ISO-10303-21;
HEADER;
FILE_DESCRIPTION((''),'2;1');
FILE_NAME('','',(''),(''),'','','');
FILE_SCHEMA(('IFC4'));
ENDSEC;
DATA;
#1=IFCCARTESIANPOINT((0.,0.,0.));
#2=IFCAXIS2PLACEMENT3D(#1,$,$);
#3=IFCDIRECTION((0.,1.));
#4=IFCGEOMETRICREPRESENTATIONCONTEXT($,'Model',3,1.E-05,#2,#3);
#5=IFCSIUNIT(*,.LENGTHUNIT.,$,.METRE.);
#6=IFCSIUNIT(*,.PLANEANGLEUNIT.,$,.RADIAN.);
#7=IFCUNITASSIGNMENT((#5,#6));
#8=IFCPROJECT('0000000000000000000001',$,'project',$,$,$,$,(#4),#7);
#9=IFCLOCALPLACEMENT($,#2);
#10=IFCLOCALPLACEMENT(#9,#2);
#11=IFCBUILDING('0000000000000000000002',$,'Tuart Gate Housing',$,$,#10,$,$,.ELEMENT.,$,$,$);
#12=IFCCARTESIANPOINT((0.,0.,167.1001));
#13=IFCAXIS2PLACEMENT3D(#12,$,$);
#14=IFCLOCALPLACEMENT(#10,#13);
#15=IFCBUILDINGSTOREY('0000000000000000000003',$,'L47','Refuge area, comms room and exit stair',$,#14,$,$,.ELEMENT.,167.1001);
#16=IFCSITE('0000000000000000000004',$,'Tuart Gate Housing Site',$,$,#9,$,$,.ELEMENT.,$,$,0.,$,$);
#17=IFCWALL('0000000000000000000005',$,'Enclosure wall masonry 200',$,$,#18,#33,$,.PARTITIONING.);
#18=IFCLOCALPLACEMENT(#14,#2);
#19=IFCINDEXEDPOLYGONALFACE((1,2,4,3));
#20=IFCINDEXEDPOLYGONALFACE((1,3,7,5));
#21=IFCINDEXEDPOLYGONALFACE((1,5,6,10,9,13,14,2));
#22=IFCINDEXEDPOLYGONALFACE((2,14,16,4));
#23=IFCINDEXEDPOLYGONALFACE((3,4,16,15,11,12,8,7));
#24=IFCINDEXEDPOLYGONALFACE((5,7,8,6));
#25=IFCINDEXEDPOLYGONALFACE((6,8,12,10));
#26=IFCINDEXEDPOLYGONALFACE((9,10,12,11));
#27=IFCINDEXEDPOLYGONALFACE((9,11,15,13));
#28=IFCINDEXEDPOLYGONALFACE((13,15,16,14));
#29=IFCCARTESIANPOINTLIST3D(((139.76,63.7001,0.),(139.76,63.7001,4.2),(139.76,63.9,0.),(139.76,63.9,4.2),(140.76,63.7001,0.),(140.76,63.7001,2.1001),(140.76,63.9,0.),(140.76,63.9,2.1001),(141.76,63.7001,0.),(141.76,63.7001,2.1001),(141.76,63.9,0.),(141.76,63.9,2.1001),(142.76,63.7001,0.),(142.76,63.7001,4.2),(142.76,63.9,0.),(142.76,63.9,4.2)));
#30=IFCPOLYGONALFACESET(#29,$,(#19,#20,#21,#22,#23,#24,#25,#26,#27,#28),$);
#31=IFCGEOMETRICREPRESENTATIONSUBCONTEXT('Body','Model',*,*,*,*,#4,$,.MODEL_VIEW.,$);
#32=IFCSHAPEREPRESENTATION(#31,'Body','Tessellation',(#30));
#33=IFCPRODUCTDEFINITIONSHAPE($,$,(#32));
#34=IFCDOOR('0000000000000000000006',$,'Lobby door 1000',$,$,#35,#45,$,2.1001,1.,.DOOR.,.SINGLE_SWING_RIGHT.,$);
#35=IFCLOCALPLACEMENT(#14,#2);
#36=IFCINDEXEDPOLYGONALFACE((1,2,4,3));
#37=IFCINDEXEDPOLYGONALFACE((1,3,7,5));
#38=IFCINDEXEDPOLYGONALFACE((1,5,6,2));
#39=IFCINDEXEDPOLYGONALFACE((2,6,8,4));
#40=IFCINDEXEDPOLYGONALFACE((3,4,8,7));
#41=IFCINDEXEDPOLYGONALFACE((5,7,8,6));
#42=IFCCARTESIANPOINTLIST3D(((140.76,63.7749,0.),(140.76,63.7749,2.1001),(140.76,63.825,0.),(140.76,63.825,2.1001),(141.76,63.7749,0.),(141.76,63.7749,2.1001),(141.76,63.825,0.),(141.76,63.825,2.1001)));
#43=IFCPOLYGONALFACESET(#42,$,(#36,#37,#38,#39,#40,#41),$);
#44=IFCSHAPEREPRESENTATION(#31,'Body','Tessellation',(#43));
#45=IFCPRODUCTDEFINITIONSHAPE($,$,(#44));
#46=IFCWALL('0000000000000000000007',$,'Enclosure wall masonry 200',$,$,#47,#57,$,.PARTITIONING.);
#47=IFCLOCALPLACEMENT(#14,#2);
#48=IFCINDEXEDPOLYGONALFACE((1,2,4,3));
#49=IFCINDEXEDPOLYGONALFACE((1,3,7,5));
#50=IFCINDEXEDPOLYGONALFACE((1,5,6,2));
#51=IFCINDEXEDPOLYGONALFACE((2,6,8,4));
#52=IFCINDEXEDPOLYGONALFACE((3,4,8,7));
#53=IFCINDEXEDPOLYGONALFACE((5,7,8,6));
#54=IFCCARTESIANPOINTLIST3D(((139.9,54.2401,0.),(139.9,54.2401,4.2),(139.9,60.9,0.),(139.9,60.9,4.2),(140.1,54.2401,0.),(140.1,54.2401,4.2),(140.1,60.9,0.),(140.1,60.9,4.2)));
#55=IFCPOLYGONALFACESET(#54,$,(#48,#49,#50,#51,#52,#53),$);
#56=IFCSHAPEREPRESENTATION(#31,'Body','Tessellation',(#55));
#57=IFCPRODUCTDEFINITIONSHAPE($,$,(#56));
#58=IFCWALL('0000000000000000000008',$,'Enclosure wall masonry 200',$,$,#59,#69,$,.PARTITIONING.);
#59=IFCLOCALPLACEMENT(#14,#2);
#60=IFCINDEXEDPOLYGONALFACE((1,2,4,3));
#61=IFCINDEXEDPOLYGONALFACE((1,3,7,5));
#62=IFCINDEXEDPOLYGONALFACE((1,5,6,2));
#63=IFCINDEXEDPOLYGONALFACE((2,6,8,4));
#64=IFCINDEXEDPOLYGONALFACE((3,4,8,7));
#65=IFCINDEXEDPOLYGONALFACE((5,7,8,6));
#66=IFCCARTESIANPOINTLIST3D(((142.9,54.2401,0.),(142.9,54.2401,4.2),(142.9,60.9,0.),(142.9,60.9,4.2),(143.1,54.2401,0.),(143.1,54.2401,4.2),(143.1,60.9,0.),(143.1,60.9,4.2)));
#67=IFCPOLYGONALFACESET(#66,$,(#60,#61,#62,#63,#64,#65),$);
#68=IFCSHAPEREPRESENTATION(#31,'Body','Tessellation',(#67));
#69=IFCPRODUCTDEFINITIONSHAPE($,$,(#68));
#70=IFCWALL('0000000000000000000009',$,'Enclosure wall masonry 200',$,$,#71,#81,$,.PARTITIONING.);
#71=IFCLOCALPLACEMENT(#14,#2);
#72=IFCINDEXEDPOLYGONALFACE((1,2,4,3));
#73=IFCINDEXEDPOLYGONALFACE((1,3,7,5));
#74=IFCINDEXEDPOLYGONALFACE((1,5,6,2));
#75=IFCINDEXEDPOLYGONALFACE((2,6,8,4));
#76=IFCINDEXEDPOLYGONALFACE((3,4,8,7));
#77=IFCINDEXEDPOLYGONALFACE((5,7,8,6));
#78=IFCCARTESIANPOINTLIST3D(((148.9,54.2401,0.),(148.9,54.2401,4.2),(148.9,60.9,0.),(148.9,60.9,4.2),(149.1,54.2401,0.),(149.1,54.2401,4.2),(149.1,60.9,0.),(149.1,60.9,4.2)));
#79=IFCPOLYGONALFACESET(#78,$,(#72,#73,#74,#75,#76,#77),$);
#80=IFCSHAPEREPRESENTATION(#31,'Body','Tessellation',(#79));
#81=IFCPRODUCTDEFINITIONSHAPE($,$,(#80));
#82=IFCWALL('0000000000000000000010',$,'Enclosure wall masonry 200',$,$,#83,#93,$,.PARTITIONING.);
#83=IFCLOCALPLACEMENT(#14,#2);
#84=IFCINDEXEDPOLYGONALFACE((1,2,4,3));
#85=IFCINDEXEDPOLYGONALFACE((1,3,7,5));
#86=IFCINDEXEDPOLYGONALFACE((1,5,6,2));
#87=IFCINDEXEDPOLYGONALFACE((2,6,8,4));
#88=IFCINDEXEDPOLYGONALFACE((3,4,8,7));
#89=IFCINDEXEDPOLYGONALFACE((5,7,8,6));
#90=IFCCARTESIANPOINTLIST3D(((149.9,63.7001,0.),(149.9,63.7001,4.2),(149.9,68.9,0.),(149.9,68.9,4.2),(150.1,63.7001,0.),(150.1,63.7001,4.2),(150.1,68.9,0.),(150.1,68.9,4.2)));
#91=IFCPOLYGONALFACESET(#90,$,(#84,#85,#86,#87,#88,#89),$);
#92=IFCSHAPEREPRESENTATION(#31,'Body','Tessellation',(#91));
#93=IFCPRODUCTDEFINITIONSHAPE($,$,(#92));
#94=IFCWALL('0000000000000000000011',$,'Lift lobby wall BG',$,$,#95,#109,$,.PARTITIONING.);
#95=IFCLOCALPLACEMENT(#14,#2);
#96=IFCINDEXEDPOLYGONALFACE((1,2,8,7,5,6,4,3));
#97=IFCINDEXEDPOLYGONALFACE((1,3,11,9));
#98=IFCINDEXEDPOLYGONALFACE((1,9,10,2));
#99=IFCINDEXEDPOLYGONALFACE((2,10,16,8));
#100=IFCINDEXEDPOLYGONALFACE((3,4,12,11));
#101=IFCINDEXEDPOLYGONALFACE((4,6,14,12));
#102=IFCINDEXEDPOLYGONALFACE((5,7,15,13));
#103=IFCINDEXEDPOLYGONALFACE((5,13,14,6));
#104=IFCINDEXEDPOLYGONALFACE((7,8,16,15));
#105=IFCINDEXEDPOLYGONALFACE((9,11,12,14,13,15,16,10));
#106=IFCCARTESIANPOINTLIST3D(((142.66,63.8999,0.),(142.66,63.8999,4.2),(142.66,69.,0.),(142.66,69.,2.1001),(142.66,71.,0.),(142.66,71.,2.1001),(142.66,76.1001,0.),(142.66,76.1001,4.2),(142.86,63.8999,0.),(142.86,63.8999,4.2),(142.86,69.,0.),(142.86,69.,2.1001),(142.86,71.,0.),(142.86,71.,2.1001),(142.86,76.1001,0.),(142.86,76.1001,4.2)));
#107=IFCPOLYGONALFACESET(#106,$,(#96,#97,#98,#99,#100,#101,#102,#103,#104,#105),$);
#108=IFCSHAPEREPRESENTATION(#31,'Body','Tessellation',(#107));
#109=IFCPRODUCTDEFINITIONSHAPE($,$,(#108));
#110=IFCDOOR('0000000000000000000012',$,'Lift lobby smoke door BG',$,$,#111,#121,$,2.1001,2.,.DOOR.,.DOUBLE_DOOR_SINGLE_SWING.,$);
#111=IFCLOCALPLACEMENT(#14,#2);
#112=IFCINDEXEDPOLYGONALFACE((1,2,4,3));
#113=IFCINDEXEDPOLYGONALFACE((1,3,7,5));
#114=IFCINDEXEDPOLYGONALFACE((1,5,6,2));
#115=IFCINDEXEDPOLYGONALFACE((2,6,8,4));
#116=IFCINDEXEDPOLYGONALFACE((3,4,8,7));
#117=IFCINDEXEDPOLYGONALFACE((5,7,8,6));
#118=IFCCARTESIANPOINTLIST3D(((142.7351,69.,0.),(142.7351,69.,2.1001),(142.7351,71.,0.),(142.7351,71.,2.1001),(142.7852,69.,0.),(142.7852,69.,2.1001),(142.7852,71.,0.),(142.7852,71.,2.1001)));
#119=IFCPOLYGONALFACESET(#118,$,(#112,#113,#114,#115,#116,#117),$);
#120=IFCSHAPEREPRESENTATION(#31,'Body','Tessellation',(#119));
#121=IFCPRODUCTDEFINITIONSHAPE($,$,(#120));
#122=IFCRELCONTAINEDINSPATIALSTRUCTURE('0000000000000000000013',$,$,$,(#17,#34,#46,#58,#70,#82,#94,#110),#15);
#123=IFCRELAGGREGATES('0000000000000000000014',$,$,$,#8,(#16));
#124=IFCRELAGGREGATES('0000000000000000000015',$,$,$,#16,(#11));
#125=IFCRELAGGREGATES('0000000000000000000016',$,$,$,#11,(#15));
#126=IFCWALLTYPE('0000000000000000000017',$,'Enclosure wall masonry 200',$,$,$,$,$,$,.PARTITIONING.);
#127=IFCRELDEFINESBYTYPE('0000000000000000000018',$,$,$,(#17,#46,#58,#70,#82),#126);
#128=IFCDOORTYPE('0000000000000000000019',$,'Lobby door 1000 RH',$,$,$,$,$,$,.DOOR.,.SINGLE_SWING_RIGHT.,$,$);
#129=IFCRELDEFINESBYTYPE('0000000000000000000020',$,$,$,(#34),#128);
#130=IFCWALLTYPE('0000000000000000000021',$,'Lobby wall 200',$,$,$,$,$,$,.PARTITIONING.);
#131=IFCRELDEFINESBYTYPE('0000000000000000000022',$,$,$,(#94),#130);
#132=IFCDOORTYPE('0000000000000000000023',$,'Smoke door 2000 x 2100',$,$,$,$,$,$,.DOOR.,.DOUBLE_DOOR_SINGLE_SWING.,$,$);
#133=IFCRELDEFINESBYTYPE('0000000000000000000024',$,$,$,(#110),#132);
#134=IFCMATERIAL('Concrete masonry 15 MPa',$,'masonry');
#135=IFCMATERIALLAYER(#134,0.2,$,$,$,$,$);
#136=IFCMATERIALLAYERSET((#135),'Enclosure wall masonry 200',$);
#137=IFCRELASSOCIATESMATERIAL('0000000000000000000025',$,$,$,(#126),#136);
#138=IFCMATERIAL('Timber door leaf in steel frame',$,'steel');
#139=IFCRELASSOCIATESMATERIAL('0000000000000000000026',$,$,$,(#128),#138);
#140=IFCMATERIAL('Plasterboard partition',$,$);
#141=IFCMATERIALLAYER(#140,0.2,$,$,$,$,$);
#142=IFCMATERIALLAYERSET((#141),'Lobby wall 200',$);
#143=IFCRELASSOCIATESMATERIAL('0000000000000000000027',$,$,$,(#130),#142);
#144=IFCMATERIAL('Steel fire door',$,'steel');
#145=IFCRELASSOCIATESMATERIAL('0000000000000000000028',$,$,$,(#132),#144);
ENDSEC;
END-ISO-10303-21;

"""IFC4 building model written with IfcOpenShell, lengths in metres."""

from ifc_helpers import new_model, si_unit, direction, frame, frame_2d, origin, place, context, subcontext, project, spatial, rectangle, extrude, material, layer, layer_set, type_object, element, fill, save


model = new_model("IFC4")

# Units and contexts
model_context = context("Model", 3, precision=1e-05, world=origin(), true_north=direction((0.0, 1.0)))
body_context = subcontext(model_context, "Body", "Model", "MODEL_VIEW")
ifc_project = project(units=[si_unit("LENGTHUNIT", "METRE"), si_unit("PLANEANGLEUNIT", "RADIAN")], contexts=[model_context])

# Site, building, storey
site_placement = place(None, origin())
site = spatial("IfcSite", under=ifc_project, at=site_placement, Name="Tuart Gate Housing Site", CompositionType="ELEMENT", RefElevation=0.0)
building_placement = place(site_placement, origin())
building = spatial("IfcBuilding", under=site, at=building_placement, Name="Tuart Gate Housing", CompositionType="ELEMENT")
storey_placement = place(building_placement, frame((0.0, 0.0, 167.1001)))
storey = spatial("IfcBuildingStorey", under=building, at=storey_placement, Name="L47", Description="Refuge area, comms room and exit stair", CompositionType="ELEMENT", Elevation=167.1001)

# Shared definitions
ifc_material_1 = material(Name="Concrete masonry 15 MPa", Category="masonry")
ifc_layer_1 = layer(ifc_material_1, 0.2)
ifc_layer_set_1 = layer_set([ifc_layer_1], Name="Enclosure wall masonry 200")
wall_type_1 = type_object("IfcWallType", Name="Enclosure wall masonry 200", PredefinedType="PARTITIONING", material=ifc_layer_set_1)

# Wall, opening, door
wall_1_placement = place(storey_placement, frame((139.76, 63.8, 0.0), z_axis=(0.0, 0.0, 1.0), x_axis=(1.0, 0.0, 0.0)))
wall_1 = element("IfcWall", 1, at=wall_1_placement, inside=storey, type_object=wall_type_1, Name="Enclosure wall masonry 200", PredefinedType="PARTITIONING", context=body_context, shape_type="SweptSolid", body=[
    extrude(rectangle(XDim=3.0, YDim=0.2, at=frame_2d((1.5, 0.0))), origin(), (0.0, 0.0, 1.0), 4.2),
])
opening_1_placement = place(wall_1_placement, frame((1.0, 0.0, 0.0)))
opening_1 = element("IfcOpeningElement", 2, at=opening_1_placement, cuts=wall_1, PredefinedType="OPENING", context=body_context, shape_type="SweptSolid", body=[
    extrude(rectangle(XDim=1.0, YDim=2.1001, at=frame_2d((0.5, 1.05))), frame((0.0, 0.1099, 0.0), z_axis=(0.0, -1.0, 0.0), x_axis=(1.0, 0.0, 0.0)), (0.0, 0.0, 1.0), 0.22),
])
ifc_material_2 = material(Name="Timber door leaf in steel frame", Category="steel")
door_type_1 = type_object("IfcDoorType", Name="Lobby door 1000 RH", OperationType="SINGLE_SWING_RIGHT", PredefinedType="DOOR", material=ifc_material_2)
door_1_placement = place(opening_1_placement, origin())
door_1 = element("IfcDoor", 3, at=door_1_placement, inside=storey, type_object=door_type_1, Name="Lobby door 1000", OperationType="SINGLE_SWING_RIGHT", OverallHeight=2.1001, OverallWidth=1.0, PredefinedType="DOOR", context=body_context, shape_type="SweptSolid", body=[
    extrude(rectangle(XDim=1.0, YDim=2.1001, at=frame_2d((0.5, 1.05))), frame((0.0, 0.0249, 0.0), z_axis=(0.0, -1.0, 0.0), x_axis=(1.0, 0.0, 0.0)), (0.0, 0.0, 1.0), 0.05),
])
fill(opening_1, door_1)

# Walls
for number, where, z_axis, x_axis, name in (
    (4, (140.0, 54.24, 0.0), (0.0, 0.0, 1.0), (0.0, 1.0, 0.0), "Enclosure wall masonry 200"),
    (5, (143.0, 54.24, 0.0), (0.0, 0.0, 1.0), (0.0, 1.0, 0.0), "Enclosure wall masonry 200"),
    (6, (149.0, 54.24, 0.0), (0.0, 0.0, 1.0), (0.0, 1.0, 0.0), "Enclosure wall masonry 200"),
):
    element("IfcWall", number, at=place(storey_placement, frame(where, z_axis=z_axis, x_axis=x_axis)), inside=storey, type_object=wall_type_1, Name=name, PredefinedType="PARTITIONING", context=body_context, shape_type="SweptSolid", body=[
        extrude(rectangle(XDim=6.6599, YDim=0.2, at=frame_2d((3.3301, 0.0))), origin(), (0.0, 0.0, 1.0), 4.2),
    ])
wall_2_placement = place(storey_placement, frame((150.0, 63.7, 0.0), z_axis=(0.0, 0.0, 1.0), x_axis=(0.0, 1.0, 0.0)))
element("IfcWall", 7, at=wall_2_placement, inside=storey, type_object=wall_type_1, Name="Enclosure wall masonry 200", PredefinedType="PARTITIONING", context=body_context, shape_type="SweptSolid", body=[
    extrude(rectangle(XDim=5.2, YDim=0.2, at=frame_2d((2.6001, 0.0))), origin(), (0.0, 0.0, 1.0), 4.2),
])

# Wall, opening, door
ifc_material_3 = material(Name="Plasterboard partition")
ifc_layer_2 = layer(ifc_material_3, 0.2)
ifc_layer_set_2 = layer_set([ifc_layer_2], Name="Lobby wall 200")
wall_type_2 = type_object("IfcWallType", Name="Lobby wall 200", PredefinedType="PARTITIONING", material=ifc_layer_set_2)
wall_3_placement = place(storey_placement, frame((142.76, 63.8999, 0.0), z_axis=(0.0, 0.0, 1.0), x_axis=(0.0, 1.0, 0.0)))
wall_3 = element("IfcWall", 8, at=wall_3_placement, inside=storey, type_object=wall_type_2, Name="Lift lobby wall BG", PredefinedType="PARTITIONING", context=body_context, shape_type="SweptSolid", body=[
    extrude(rectangle(XDim=12.2002, YDim=0.2, at=frame_2d((6.1001, 0.0))), origin(), (0.0, 0.0, 1.0), 4.2),
])
opening_2_placement = place(wall_3_placement, frame((5.1001, 0.0, 0.0)))
opening_2 = element("IfcOpeningElement", 9, at=opening_2_placement, cuts=wall_3, PredefinedType="OPENING", context=body_context, shape_type="SweptSolid", body=[
    extrude(rectangle(XDim=2.0, YDim=2.1001, at=frame_2d((1.0, 1.05))), frame((0.0, 0.1099, 0.0), z_axis=(0.0, -1.0, 0.0), x_axis=(1.0, 0.0, 0.0)), (0.0, 0.0, 1.0), 0.22),
])
ifc_material_4 = material(Name="Steel fire door", Category="steel")
door_type_2 = type_object("IfcDoorType", Name="Smoke door 2000 x 2100", OperationType="DOUBLE_DOOR_SINGLE_SWING", PredefinedType="DOOR", material=ifc_material_4)
door_2_placement = place(opening_2_placement, origin())
door_2 = element("IfcDoor", 10, at=door_2_placement, inside=storey, type_object=door_type_2, Name="Lift lobby smoke door BG", OperationType="DOUBLE_DOOR_SINGLE_SWING", OverallHeight=2.1001, OverallWidth=2.0, PredefinedType="DOOR", context=body_context, shape_type="SweptSolid", body=[
    extrude(rectangle(XDim=2.0, YDim=2.1001, at=frame_2d((1.0, 1.05))), frame((0.0, 0.0249, 0.0), z_axis=(0.0, -1.0, 0.0), x_axis=(1.0, 0.0, 0.0)), (0.0, 0.0, 1.0), 0.05),
])
fill(opening_2, door_2)

save(model, "model.ifc")
